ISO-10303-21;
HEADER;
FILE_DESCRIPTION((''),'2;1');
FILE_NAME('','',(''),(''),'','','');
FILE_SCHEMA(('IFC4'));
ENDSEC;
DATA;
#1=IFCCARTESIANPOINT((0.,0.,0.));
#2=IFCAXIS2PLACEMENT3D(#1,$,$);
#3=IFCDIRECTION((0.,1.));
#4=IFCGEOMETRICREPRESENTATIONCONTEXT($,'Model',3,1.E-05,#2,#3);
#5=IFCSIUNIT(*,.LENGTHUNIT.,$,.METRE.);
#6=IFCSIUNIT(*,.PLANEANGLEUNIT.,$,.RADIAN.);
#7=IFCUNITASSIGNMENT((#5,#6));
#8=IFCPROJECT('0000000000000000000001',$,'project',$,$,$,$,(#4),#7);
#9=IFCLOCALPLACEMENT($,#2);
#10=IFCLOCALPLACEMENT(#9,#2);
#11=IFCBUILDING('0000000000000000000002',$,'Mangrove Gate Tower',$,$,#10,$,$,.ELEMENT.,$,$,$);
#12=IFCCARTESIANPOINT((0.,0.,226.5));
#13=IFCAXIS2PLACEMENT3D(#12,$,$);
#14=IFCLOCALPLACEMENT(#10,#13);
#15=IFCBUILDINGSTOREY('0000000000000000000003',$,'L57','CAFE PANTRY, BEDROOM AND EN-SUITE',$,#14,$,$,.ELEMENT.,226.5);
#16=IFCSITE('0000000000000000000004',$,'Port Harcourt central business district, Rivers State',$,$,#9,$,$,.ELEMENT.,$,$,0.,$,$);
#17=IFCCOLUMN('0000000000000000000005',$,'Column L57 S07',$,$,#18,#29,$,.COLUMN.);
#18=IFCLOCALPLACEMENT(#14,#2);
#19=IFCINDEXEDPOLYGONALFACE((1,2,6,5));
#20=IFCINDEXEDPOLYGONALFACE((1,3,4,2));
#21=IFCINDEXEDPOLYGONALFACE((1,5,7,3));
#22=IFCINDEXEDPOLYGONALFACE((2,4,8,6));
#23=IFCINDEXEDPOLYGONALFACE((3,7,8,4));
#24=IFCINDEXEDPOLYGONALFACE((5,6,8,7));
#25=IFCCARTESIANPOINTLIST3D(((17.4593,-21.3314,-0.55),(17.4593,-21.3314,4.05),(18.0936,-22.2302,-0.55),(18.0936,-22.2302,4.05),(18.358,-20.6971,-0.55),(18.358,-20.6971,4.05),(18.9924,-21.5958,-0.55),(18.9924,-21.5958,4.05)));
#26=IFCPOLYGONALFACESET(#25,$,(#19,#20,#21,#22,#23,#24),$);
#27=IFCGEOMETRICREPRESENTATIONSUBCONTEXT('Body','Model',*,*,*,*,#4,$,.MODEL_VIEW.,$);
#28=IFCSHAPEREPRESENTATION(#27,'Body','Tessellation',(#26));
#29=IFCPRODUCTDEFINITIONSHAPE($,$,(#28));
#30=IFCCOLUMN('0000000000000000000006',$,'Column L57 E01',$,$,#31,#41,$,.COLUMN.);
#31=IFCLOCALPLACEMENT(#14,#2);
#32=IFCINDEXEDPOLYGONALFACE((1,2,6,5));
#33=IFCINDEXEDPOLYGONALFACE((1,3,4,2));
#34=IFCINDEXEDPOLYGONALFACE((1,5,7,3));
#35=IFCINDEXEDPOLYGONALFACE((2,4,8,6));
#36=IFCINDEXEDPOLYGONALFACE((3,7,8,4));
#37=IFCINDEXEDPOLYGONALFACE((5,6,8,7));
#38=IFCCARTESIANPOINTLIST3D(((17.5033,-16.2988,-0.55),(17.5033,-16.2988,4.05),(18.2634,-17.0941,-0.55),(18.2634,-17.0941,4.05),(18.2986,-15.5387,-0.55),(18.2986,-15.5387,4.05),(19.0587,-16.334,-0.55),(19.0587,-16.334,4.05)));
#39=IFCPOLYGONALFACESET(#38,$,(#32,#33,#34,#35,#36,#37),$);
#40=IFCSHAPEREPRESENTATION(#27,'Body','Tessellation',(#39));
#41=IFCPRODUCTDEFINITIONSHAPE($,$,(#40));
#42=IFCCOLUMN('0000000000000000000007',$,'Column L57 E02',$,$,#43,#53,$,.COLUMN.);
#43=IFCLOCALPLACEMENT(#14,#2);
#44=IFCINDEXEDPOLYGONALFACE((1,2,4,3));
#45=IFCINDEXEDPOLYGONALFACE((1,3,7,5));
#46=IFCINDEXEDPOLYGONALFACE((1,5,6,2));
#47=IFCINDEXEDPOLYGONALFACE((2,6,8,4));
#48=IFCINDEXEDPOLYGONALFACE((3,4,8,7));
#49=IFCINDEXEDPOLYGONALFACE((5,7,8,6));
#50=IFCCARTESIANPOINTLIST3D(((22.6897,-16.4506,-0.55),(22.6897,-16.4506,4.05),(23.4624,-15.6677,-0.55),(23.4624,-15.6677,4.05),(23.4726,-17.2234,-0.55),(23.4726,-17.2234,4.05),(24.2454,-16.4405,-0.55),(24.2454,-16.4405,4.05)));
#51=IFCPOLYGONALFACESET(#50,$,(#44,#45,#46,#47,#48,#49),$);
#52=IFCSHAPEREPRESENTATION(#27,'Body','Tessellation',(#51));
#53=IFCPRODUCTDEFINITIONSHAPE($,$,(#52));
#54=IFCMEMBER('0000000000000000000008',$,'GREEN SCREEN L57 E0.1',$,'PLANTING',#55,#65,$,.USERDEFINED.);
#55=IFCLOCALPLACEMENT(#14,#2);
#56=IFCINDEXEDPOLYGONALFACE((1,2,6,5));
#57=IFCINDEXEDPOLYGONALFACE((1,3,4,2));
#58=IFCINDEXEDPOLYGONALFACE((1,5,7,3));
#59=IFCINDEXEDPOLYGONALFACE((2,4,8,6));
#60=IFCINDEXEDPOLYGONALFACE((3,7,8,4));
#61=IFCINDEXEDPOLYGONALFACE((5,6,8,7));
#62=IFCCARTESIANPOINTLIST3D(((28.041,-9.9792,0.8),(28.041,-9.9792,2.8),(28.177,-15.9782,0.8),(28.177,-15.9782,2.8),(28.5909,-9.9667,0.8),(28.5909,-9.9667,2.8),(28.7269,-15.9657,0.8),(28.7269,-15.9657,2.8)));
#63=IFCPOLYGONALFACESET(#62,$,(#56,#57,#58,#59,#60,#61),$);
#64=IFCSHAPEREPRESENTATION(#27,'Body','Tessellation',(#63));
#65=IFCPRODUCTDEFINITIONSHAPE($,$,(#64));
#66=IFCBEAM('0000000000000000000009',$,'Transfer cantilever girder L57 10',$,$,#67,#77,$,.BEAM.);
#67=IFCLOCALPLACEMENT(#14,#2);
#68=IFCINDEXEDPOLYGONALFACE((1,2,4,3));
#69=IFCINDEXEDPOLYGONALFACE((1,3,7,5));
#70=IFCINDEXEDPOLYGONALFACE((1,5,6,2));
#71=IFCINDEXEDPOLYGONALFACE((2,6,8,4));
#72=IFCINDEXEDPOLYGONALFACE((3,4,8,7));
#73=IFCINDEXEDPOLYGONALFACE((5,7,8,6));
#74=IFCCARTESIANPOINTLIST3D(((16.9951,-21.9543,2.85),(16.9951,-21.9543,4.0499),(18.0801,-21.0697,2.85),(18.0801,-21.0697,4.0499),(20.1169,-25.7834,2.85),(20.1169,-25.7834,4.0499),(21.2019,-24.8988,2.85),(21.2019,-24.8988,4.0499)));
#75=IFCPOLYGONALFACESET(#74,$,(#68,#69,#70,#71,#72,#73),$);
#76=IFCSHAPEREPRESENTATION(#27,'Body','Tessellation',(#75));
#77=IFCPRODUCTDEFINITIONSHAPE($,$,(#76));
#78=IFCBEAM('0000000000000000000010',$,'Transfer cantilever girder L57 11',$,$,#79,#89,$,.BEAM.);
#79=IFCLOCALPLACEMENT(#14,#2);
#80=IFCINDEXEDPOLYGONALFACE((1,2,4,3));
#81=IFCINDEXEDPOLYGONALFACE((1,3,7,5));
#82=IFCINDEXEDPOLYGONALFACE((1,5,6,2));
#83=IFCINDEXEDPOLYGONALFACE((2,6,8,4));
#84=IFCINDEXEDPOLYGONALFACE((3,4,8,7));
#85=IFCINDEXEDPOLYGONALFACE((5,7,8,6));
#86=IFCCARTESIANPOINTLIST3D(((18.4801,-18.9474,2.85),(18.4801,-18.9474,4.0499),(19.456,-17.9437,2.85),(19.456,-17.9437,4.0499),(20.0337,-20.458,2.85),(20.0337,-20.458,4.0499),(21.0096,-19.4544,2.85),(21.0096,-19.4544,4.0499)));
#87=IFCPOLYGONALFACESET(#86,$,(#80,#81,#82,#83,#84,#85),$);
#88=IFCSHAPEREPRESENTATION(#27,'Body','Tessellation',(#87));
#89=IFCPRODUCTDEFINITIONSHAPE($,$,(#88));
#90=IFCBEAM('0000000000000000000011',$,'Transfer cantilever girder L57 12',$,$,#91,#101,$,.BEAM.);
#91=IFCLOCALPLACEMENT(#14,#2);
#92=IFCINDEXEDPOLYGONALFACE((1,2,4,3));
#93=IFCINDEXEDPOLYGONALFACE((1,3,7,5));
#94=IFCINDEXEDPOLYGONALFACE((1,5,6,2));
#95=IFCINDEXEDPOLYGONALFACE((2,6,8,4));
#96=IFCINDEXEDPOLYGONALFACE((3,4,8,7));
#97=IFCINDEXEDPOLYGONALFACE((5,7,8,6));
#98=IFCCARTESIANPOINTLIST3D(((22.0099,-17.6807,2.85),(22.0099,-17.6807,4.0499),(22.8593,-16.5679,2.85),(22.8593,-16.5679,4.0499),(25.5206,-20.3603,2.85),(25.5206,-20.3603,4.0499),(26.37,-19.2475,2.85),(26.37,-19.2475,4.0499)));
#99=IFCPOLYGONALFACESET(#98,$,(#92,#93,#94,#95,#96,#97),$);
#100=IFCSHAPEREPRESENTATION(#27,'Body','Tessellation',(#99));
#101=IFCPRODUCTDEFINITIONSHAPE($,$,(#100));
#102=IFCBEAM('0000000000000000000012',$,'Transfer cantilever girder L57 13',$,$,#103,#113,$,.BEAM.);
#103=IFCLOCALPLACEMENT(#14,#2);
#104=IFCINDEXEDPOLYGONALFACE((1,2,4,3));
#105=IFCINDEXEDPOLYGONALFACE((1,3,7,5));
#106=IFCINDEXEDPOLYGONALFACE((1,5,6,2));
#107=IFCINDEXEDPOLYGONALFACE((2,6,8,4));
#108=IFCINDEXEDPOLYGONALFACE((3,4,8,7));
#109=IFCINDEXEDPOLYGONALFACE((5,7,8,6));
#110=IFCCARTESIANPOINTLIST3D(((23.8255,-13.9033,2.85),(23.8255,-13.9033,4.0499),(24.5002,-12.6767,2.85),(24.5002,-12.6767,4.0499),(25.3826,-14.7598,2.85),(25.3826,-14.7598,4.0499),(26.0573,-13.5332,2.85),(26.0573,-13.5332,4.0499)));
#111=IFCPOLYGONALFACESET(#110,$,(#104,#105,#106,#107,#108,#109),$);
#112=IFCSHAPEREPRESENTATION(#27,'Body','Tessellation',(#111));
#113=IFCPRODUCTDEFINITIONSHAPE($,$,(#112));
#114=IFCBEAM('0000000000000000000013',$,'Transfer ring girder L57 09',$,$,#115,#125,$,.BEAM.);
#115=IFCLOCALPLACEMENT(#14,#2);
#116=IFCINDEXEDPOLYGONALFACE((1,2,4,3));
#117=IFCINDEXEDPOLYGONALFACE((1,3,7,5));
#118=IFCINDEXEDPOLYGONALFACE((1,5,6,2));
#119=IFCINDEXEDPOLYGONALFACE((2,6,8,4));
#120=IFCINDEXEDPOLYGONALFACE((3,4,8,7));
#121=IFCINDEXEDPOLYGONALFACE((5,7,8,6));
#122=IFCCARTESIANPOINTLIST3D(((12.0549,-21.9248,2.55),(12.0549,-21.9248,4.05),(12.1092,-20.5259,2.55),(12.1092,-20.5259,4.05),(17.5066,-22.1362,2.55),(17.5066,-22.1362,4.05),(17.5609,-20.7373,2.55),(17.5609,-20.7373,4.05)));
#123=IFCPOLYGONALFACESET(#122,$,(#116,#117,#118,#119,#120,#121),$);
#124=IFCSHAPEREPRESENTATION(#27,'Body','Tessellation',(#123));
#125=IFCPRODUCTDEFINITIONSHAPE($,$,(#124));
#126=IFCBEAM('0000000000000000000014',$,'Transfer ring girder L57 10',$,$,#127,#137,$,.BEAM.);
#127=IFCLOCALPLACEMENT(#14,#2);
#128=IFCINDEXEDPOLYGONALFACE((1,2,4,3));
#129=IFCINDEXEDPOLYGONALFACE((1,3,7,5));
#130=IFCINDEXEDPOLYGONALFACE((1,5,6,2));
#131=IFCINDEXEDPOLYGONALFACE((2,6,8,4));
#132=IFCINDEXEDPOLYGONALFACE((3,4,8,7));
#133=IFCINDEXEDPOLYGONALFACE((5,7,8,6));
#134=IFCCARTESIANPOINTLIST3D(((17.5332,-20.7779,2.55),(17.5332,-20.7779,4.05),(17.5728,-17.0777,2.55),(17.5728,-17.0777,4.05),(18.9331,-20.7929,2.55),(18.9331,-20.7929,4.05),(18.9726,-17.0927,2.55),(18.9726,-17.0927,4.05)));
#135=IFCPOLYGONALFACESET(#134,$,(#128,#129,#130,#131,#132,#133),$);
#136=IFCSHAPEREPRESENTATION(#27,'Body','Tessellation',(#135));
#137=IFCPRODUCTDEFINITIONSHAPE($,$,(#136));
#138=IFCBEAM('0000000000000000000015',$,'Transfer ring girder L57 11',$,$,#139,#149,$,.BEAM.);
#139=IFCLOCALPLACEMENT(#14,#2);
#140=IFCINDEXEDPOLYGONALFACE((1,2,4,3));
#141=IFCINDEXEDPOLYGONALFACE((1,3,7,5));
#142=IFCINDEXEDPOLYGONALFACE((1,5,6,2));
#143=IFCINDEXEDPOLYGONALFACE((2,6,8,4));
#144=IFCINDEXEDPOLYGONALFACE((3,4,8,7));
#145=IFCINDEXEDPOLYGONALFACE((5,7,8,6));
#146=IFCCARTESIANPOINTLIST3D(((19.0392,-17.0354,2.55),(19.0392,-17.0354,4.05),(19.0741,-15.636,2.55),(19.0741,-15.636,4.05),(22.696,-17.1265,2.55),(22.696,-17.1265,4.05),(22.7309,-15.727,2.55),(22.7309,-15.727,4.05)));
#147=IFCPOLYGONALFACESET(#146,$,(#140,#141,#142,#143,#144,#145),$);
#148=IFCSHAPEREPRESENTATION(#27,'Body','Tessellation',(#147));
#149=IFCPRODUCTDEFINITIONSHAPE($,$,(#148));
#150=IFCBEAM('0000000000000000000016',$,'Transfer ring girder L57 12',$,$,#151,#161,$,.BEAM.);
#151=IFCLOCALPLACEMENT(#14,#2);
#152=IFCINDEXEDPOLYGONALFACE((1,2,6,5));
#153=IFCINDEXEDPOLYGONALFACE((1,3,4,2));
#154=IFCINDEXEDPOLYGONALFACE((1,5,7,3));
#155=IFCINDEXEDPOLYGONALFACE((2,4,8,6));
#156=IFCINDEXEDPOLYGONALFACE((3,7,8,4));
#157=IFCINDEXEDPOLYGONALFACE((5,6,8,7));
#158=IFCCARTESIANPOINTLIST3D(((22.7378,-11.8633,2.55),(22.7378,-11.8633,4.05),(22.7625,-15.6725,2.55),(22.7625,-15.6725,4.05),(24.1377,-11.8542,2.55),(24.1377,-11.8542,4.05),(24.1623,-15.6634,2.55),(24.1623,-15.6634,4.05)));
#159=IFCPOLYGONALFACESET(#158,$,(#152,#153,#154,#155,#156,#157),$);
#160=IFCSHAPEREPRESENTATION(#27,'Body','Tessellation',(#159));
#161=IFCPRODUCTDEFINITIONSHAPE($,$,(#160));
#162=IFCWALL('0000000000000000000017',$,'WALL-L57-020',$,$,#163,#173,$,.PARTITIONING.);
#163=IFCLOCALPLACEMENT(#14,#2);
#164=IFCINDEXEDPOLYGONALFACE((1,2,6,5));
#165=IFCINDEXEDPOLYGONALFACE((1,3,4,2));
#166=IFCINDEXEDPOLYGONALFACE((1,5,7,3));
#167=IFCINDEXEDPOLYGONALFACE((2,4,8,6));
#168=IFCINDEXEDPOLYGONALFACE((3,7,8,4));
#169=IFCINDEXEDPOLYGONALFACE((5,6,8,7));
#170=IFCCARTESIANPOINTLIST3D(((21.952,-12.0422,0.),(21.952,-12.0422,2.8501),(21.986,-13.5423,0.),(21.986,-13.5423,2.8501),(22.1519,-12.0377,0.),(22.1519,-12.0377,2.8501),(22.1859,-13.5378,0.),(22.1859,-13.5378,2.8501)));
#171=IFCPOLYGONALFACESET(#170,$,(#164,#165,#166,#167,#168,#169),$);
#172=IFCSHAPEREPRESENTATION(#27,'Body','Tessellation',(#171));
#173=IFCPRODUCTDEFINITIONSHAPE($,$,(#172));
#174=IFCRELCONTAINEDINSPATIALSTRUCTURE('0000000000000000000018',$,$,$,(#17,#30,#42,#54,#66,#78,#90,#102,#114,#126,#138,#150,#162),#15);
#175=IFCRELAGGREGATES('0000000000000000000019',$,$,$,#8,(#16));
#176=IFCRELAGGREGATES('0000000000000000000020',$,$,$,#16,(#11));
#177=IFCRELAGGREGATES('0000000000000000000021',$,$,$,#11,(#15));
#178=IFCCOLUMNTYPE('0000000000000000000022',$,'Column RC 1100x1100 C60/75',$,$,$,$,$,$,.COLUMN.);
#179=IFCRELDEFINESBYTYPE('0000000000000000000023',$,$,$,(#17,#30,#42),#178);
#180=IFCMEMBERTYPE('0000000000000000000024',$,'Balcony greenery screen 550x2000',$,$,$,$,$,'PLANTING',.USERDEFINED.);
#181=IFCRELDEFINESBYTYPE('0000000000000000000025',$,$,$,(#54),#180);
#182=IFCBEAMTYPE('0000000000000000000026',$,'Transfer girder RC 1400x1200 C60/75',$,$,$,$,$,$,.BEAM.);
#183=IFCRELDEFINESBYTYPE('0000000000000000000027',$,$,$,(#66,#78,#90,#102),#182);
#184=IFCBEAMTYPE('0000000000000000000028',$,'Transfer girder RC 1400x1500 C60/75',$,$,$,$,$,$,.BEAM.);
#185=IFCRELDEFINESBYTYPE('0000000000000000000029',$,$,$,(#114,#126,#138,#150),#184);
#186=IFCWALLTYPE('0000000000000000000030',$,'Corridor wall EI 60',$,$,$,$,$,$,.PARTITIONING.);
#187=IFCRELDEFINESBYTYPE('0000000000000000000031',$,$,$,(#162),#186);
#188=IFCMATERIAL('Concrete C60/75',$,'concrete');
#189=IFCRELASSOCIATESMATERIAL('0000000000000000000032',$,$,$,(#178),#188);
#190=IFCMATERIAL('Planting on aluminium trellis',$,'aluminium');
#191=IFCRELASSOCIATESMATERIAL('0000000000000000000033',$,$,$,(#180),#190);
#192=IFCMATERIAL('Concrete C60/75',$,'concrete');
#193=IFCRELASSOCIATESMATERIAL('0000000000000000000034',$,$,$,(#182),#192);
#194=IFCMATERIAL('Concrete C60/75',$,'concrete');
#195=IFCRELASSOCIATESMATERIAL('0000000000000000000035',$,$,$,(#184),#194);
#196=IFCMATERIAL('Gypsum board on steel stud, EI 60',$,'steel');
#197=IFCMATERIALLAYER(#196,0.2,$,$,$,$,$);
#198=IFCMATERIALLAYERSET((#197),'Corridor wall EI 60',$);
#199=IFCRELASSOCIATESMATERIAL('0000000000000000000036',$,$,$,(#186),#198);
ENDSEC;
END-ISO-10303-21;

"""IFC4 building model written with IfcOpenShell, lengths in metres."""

from ifc_helpers import new_model, si_unit, direction, frame, frame_2d, origin, origin_2d, place, context, subcontext, project, spatial, rectangle, extrude, material, layer, layer_set, material_profile, profile_set, type_object, element, save


model = new_model("IFC4")

# Units and contexts
model_context = context("Model", 3, precision=1e-05, world=origin(), true_north=direction((0.0, 1.0)))
body_context = subcontext(model_context, "Body", "Model", "MODEL_VIEW")
ifc_project = project(units=[si_unit("LENGTHUNIT", "METRE"), si_unit("PLANEANGLEUNIT", "RADIAN")], contexts=[model_context])

# Site, building, storey
site_placement = place(None, origin())
site = spatial("IfcSite", under=ifc_project, at=site_placement, Name="Port Harcourt central business district, Rivers State", CompositionType="ELEMENT", RefElevation=0.0)
building_placement = place(site_placement, origin())
building = spatial("IfcBuilding", under=site, at=building_placement, Name="Mangrove Gate Tower", CompositionType="ELEMENT")
storey_placement = place(building_placement, frame((0.0, 0.0, 226.5)))
storey = spatial("IfcBuildingStorey", under=building, at=storey_placement, Name="L57", Description="CAFE PANTRY, BEDROOM AND EN-SUITE", CompositionType="ELEMENT", Elevation=226.5)

# Columns
ifc_material_1 = material(Name="Concrete C60/75", Category="concrete")
ifc_material_profile_1 = material_profile(ifc_material_1, rectangle(XDim=1.1001, YDim=1.1001, at=origin_2d()))
ifc_profile_set_1 = profile_set([ifc_material_profile_1], Name="Concrete C60/75")
column_type = type_object("IfcColumnType", Name="Column RC 1100x1100 C60/75", PredefinedType="COLUMN", material=ifc_profile_set_1)
for number, where, z_axis, x_axis, name in (
    (1, (18.2258, -21.4636, -0.55), (0.0, 0.0, 1.0), (0.817006, 0.576629, 0.0), "Column L57 S07"),
    (2, (18.281, -16.3164, -0.55), (0.0, 0.0, 1.0), (0.722905, 0.690948, 0.0), "Column L57 E01"),
    (3, (23.4675, -16.4456, -0.55), (0.0, 0.0, 1.0), (0.702473, 0.711711, 0.0), "Column L57 E02"),
):
    element("IfcColumn", number, at=place(storey_placement, frame(where, z_axis=z_axis, x_axis=x_axis)), inside=storey, type_object=column_type, Name=name, PredefinedType="COLUMN", context=body_context, shape_type="SweptSolid", body=[
        extrude(rectangle(XDim=1.1001, YDim=1.1001, at=origin_2d()), origin(), (0.0, 0.0, 1.0), 4.6001),
    ])

# Member
ifc_material_2 = material(Name="Planting on aluminium trellis", Category="aluminium")
ifc_material_profile_2 = material_profile(ifc_material_2, rectangle(XDim=0.55, YDim=2.0, at=origin_2d()))
ifc_profile_set_2 = profile_set([ifc_material_profile_2], Name="Planting on aluminium trellis")
member_type = type_object("IfcMemberType", Name="Balcony greenery screen 550x2000", ElementType="PLANTING", PredefinedType="USERDEFINED", material=ifc_profile_set_2)
member_placement = place(storey_placement, frame((28.4519, -15.9719, 1.8), z_axis=(-0.022662, 0.999743, 0.0), x_axis=(-0.999743, -0.022662, 0.0)))
element("IfcMember", 4, at=member_placement, inside=storey, type_object=member_type, Name="GREEN SCREEN L57 E0.1", ObjectType="PLANTING", PredefinedType="USERDEFINED", context=body_context, shape_type="SweptSolid", body=[
    extrude(rectangle(XDim=0.55, YDim=2.0, at=origin_2d()), origin(), (0.0, 0.0, 1.0), 6.0005),
])

# Beams
ifc_material_3 = material(Name="Concrete C60/75", Category="concrete")
ifc_material_profile_3 = material_profile(ifc_material_3, rectangle(XDim=1.3999, YDim=1.2, at=origin_2d()))
ifc_profile_set_3 = profile_set([ifc_material_profile_3], Name="Concrete C60/75")
beam_type_1 = type_object("IfcBeamType", Name="Transfer girder RC 1400x1200 C60/75", PredefinedType="BEAM", material=ifc_profile_set_3)
beam_1_placement = place(storey_placement, frame((17.5376, -21.512, 3.45), z_axis=(0.631894, -0.775055, 0.0), x_axis=(0.775055, 0.631894, 0.0)))
element("IfcBeam", 5, at=beam_1_placement, inside=storey, type_object=beam_type_1, Name="Transfer cantilever girder L57 10", PredefinedType="BEAM", context=body_context, shape_type="SweptSolid", body=[
    extrude(rectangle(XDim=1.3999, YDim=1.2, at=origin_2d()), origin(), (0.0, 0.0, 1.0), 4.9404),
])
beam_2_placement = place(storey_placement, frame((18.968, -18.4456, 3.45), z_axis=(0.716951, -0.697123, 0.0), x_axis=(0.697123, 0.716951, 0.0)))
element("IfcBeam", 6, at=beam_2_placement, inside=storey, type_object=beam_type_1, Name="Transfer cantilever girder L57 11", PredefinedType="BEAM", context=body_context, shape_type="SweptSolid", body=[
    extrude(rectangle(XDim=1.3999, YDim=1.2, at=origin_2d()), origin(), (0.0, 0.0, 1.0), 2.167),
])
beam_3_placement = place(storey_placement, frame((22.4346, -17.1243, 3.45), z_axis=(0.794904, -0.606736, 0.0), x_axis=(0.606736, 0.794904, 0.0)))
element("IfcBeam", 7, at=beam_3_placement, inside=storey, type_object=beam_type_1, Name="Transfer cantilever girder L57 12", PredefinedType="BEAM", context=body_context, shape_type="SweptSolid", body=[
    extrude(rectangle(XDim=1.3999, YDim=1.2, at=origin_2d()), origin(), (0.0, 0.0, 1.0), 4.4165),
])
beam_4_placement = place(storey_placement, frame((24.1628, -13.29, 3.45), z_axis=(0.87621, -0.481929, 0.0), x_axis=(0.481929, 0.87621, 0.0)))
element("IfcBeam", 8, at=beam_4_placement, inside=storey, type_object=beam_type_1, Name="Transfer cantilever girder L57 13", PredefinedType="BEAM", context=body_context, shape_type="SweptSolid", body=[
    extrude(rectangle(XDim=1.3999, YDim=1.2, at=origin_2d()), origin(), (0.0, 0.0, 1.0), 1.7771),
])
ifc_material_4 = material(Name="Concrete C60/75", Category="concrete")
ifc_material_profile_4 = material_profile(ifc_material_4, rectangle(XDim=1.3999, YDim=1.5, at=origin_2d()))
ifc_profile_set_4 = profile_set([ifc_material_profile_4], Name="Concrete C60/75")
beam_type_2 = type_object("IfcBeamType", Name="Transfer girder RC 1400x1500 C60/75", PredefinedType="BEAM", material=ifc_profile_set_4)
beam_5_placement = place(storey_placement, frame((12.082, -21.2253, 3.3), z_axis=(0.999249, -0.038753, 0.0), x_axis=(0.038753, 0.999249, 0.0)))
element("IfcBeam", 9, at=beam_5_placement, inside=storey, type_object=beam_type_2, Name="Transfer ring girder L57 09", PredefinedType="BEAM", context=body_context, shape_type="SweptSolid", body=[
    extrude(rectangle(XDim=1.3999, YDim=1.5, at=origin_2d()), origin(), (0.0, 0.0, 1.0), 5.4558),
])
beam_6_placement = place(storey_placement, frame((18.2332, -20.7854, 3.3), z_axis=(0.010688, 0.999943, 0.0), x_axis=(-0.999943, 0.010688, 0.0)))
element("IfcBeam", 10, at=beam_6_placement, inside=storey, type_object=beam_type_2, Name="Transfer ring girder L57 10", PredefinedType="BEAM", context=body_context, shape_type="SweptSolid", body=[
    extrude(rectangle(XDim=1.3999, YDim=1.5, at=origin_2d()), origin(), (0.0, 0.0, 1.0), 3.7004),
])
beam_7_placement = place(storey_placement, frame((19.0566, -16.3357, 3.3), z_axis=(0.99969, -0.024895, 0.0), x_axis=(0.024895, 0.99969, 0.0)))
element("IfcBeam", 11, at=beam_7_placement, inside=storey, type_object=beam_type_2, Name="Transfer ring girder L57 11", PredefinedType="BEAM", context=body_context, shape_type="SweptSolid", body=[
    extrude(rectangle(XDim=1.3999, YDim=1.5, at=origin_2d()), origin(), (0.0, 0.0, 1.0), 3.658),
])
beam_8_placement = place(storey_placement, frame((23.4624, -15.668, 3.3), z_axis=(-0.006473, 0.999979, 0.0), x_axis=(-0.999979, -0.006473, 0.0)))
element("IfcBeam", 12, at=beam_8_placement, inside=storey, type_object=beam_type_2, Name="Transfer ring girder L57 12", PredefinedType="BEAM", context=body_context, shape_type="SweptSolid", body=[
    extrude(rectangle(XDim=1.3999, YDim=1.5, at=origin_2d()), origin(), (0.0, 0.0, 1.0), 3.8093),
])

# Wall
ifc_material_5 = material(Name="Gypsum board on steel stud, EI 60", Category="steel")
ifc_layer_1 = layer(ifc_material_5, 0.2)
ifc_layer_set_1 = layer_set([ifc_layer_1], Name="Corridor wall EI 60")
wall_type_1 = type_object("IfcWallType", Name="Corridor wall EI 60", PredefinedType="PARTITIONING", material=ifc_layer_set_1)
wall_1_placement = place(storey_placement, frame((22.0859, -13.54, 0.0), z_axis=(0.0, 0.0, 1.0), x_axis=(-0.022618, 0.999744, 0.0)))
element("IfcWall", 13, at=wall_1_placement, inside=storey, type_object=wall_type_1, Name="WALL-L57-020", PredefinedType="PARTITIONING", context=body_context, shape_type="SweptSolid", body=[
    extrude(rectangle(XDim=1.5005, YDim=0.2, at=frame_2d((0.7502, 0.0))), origin(), (0.0, 0.0, 1.0), 2.8501),
])

save(model, "model.ifc")
